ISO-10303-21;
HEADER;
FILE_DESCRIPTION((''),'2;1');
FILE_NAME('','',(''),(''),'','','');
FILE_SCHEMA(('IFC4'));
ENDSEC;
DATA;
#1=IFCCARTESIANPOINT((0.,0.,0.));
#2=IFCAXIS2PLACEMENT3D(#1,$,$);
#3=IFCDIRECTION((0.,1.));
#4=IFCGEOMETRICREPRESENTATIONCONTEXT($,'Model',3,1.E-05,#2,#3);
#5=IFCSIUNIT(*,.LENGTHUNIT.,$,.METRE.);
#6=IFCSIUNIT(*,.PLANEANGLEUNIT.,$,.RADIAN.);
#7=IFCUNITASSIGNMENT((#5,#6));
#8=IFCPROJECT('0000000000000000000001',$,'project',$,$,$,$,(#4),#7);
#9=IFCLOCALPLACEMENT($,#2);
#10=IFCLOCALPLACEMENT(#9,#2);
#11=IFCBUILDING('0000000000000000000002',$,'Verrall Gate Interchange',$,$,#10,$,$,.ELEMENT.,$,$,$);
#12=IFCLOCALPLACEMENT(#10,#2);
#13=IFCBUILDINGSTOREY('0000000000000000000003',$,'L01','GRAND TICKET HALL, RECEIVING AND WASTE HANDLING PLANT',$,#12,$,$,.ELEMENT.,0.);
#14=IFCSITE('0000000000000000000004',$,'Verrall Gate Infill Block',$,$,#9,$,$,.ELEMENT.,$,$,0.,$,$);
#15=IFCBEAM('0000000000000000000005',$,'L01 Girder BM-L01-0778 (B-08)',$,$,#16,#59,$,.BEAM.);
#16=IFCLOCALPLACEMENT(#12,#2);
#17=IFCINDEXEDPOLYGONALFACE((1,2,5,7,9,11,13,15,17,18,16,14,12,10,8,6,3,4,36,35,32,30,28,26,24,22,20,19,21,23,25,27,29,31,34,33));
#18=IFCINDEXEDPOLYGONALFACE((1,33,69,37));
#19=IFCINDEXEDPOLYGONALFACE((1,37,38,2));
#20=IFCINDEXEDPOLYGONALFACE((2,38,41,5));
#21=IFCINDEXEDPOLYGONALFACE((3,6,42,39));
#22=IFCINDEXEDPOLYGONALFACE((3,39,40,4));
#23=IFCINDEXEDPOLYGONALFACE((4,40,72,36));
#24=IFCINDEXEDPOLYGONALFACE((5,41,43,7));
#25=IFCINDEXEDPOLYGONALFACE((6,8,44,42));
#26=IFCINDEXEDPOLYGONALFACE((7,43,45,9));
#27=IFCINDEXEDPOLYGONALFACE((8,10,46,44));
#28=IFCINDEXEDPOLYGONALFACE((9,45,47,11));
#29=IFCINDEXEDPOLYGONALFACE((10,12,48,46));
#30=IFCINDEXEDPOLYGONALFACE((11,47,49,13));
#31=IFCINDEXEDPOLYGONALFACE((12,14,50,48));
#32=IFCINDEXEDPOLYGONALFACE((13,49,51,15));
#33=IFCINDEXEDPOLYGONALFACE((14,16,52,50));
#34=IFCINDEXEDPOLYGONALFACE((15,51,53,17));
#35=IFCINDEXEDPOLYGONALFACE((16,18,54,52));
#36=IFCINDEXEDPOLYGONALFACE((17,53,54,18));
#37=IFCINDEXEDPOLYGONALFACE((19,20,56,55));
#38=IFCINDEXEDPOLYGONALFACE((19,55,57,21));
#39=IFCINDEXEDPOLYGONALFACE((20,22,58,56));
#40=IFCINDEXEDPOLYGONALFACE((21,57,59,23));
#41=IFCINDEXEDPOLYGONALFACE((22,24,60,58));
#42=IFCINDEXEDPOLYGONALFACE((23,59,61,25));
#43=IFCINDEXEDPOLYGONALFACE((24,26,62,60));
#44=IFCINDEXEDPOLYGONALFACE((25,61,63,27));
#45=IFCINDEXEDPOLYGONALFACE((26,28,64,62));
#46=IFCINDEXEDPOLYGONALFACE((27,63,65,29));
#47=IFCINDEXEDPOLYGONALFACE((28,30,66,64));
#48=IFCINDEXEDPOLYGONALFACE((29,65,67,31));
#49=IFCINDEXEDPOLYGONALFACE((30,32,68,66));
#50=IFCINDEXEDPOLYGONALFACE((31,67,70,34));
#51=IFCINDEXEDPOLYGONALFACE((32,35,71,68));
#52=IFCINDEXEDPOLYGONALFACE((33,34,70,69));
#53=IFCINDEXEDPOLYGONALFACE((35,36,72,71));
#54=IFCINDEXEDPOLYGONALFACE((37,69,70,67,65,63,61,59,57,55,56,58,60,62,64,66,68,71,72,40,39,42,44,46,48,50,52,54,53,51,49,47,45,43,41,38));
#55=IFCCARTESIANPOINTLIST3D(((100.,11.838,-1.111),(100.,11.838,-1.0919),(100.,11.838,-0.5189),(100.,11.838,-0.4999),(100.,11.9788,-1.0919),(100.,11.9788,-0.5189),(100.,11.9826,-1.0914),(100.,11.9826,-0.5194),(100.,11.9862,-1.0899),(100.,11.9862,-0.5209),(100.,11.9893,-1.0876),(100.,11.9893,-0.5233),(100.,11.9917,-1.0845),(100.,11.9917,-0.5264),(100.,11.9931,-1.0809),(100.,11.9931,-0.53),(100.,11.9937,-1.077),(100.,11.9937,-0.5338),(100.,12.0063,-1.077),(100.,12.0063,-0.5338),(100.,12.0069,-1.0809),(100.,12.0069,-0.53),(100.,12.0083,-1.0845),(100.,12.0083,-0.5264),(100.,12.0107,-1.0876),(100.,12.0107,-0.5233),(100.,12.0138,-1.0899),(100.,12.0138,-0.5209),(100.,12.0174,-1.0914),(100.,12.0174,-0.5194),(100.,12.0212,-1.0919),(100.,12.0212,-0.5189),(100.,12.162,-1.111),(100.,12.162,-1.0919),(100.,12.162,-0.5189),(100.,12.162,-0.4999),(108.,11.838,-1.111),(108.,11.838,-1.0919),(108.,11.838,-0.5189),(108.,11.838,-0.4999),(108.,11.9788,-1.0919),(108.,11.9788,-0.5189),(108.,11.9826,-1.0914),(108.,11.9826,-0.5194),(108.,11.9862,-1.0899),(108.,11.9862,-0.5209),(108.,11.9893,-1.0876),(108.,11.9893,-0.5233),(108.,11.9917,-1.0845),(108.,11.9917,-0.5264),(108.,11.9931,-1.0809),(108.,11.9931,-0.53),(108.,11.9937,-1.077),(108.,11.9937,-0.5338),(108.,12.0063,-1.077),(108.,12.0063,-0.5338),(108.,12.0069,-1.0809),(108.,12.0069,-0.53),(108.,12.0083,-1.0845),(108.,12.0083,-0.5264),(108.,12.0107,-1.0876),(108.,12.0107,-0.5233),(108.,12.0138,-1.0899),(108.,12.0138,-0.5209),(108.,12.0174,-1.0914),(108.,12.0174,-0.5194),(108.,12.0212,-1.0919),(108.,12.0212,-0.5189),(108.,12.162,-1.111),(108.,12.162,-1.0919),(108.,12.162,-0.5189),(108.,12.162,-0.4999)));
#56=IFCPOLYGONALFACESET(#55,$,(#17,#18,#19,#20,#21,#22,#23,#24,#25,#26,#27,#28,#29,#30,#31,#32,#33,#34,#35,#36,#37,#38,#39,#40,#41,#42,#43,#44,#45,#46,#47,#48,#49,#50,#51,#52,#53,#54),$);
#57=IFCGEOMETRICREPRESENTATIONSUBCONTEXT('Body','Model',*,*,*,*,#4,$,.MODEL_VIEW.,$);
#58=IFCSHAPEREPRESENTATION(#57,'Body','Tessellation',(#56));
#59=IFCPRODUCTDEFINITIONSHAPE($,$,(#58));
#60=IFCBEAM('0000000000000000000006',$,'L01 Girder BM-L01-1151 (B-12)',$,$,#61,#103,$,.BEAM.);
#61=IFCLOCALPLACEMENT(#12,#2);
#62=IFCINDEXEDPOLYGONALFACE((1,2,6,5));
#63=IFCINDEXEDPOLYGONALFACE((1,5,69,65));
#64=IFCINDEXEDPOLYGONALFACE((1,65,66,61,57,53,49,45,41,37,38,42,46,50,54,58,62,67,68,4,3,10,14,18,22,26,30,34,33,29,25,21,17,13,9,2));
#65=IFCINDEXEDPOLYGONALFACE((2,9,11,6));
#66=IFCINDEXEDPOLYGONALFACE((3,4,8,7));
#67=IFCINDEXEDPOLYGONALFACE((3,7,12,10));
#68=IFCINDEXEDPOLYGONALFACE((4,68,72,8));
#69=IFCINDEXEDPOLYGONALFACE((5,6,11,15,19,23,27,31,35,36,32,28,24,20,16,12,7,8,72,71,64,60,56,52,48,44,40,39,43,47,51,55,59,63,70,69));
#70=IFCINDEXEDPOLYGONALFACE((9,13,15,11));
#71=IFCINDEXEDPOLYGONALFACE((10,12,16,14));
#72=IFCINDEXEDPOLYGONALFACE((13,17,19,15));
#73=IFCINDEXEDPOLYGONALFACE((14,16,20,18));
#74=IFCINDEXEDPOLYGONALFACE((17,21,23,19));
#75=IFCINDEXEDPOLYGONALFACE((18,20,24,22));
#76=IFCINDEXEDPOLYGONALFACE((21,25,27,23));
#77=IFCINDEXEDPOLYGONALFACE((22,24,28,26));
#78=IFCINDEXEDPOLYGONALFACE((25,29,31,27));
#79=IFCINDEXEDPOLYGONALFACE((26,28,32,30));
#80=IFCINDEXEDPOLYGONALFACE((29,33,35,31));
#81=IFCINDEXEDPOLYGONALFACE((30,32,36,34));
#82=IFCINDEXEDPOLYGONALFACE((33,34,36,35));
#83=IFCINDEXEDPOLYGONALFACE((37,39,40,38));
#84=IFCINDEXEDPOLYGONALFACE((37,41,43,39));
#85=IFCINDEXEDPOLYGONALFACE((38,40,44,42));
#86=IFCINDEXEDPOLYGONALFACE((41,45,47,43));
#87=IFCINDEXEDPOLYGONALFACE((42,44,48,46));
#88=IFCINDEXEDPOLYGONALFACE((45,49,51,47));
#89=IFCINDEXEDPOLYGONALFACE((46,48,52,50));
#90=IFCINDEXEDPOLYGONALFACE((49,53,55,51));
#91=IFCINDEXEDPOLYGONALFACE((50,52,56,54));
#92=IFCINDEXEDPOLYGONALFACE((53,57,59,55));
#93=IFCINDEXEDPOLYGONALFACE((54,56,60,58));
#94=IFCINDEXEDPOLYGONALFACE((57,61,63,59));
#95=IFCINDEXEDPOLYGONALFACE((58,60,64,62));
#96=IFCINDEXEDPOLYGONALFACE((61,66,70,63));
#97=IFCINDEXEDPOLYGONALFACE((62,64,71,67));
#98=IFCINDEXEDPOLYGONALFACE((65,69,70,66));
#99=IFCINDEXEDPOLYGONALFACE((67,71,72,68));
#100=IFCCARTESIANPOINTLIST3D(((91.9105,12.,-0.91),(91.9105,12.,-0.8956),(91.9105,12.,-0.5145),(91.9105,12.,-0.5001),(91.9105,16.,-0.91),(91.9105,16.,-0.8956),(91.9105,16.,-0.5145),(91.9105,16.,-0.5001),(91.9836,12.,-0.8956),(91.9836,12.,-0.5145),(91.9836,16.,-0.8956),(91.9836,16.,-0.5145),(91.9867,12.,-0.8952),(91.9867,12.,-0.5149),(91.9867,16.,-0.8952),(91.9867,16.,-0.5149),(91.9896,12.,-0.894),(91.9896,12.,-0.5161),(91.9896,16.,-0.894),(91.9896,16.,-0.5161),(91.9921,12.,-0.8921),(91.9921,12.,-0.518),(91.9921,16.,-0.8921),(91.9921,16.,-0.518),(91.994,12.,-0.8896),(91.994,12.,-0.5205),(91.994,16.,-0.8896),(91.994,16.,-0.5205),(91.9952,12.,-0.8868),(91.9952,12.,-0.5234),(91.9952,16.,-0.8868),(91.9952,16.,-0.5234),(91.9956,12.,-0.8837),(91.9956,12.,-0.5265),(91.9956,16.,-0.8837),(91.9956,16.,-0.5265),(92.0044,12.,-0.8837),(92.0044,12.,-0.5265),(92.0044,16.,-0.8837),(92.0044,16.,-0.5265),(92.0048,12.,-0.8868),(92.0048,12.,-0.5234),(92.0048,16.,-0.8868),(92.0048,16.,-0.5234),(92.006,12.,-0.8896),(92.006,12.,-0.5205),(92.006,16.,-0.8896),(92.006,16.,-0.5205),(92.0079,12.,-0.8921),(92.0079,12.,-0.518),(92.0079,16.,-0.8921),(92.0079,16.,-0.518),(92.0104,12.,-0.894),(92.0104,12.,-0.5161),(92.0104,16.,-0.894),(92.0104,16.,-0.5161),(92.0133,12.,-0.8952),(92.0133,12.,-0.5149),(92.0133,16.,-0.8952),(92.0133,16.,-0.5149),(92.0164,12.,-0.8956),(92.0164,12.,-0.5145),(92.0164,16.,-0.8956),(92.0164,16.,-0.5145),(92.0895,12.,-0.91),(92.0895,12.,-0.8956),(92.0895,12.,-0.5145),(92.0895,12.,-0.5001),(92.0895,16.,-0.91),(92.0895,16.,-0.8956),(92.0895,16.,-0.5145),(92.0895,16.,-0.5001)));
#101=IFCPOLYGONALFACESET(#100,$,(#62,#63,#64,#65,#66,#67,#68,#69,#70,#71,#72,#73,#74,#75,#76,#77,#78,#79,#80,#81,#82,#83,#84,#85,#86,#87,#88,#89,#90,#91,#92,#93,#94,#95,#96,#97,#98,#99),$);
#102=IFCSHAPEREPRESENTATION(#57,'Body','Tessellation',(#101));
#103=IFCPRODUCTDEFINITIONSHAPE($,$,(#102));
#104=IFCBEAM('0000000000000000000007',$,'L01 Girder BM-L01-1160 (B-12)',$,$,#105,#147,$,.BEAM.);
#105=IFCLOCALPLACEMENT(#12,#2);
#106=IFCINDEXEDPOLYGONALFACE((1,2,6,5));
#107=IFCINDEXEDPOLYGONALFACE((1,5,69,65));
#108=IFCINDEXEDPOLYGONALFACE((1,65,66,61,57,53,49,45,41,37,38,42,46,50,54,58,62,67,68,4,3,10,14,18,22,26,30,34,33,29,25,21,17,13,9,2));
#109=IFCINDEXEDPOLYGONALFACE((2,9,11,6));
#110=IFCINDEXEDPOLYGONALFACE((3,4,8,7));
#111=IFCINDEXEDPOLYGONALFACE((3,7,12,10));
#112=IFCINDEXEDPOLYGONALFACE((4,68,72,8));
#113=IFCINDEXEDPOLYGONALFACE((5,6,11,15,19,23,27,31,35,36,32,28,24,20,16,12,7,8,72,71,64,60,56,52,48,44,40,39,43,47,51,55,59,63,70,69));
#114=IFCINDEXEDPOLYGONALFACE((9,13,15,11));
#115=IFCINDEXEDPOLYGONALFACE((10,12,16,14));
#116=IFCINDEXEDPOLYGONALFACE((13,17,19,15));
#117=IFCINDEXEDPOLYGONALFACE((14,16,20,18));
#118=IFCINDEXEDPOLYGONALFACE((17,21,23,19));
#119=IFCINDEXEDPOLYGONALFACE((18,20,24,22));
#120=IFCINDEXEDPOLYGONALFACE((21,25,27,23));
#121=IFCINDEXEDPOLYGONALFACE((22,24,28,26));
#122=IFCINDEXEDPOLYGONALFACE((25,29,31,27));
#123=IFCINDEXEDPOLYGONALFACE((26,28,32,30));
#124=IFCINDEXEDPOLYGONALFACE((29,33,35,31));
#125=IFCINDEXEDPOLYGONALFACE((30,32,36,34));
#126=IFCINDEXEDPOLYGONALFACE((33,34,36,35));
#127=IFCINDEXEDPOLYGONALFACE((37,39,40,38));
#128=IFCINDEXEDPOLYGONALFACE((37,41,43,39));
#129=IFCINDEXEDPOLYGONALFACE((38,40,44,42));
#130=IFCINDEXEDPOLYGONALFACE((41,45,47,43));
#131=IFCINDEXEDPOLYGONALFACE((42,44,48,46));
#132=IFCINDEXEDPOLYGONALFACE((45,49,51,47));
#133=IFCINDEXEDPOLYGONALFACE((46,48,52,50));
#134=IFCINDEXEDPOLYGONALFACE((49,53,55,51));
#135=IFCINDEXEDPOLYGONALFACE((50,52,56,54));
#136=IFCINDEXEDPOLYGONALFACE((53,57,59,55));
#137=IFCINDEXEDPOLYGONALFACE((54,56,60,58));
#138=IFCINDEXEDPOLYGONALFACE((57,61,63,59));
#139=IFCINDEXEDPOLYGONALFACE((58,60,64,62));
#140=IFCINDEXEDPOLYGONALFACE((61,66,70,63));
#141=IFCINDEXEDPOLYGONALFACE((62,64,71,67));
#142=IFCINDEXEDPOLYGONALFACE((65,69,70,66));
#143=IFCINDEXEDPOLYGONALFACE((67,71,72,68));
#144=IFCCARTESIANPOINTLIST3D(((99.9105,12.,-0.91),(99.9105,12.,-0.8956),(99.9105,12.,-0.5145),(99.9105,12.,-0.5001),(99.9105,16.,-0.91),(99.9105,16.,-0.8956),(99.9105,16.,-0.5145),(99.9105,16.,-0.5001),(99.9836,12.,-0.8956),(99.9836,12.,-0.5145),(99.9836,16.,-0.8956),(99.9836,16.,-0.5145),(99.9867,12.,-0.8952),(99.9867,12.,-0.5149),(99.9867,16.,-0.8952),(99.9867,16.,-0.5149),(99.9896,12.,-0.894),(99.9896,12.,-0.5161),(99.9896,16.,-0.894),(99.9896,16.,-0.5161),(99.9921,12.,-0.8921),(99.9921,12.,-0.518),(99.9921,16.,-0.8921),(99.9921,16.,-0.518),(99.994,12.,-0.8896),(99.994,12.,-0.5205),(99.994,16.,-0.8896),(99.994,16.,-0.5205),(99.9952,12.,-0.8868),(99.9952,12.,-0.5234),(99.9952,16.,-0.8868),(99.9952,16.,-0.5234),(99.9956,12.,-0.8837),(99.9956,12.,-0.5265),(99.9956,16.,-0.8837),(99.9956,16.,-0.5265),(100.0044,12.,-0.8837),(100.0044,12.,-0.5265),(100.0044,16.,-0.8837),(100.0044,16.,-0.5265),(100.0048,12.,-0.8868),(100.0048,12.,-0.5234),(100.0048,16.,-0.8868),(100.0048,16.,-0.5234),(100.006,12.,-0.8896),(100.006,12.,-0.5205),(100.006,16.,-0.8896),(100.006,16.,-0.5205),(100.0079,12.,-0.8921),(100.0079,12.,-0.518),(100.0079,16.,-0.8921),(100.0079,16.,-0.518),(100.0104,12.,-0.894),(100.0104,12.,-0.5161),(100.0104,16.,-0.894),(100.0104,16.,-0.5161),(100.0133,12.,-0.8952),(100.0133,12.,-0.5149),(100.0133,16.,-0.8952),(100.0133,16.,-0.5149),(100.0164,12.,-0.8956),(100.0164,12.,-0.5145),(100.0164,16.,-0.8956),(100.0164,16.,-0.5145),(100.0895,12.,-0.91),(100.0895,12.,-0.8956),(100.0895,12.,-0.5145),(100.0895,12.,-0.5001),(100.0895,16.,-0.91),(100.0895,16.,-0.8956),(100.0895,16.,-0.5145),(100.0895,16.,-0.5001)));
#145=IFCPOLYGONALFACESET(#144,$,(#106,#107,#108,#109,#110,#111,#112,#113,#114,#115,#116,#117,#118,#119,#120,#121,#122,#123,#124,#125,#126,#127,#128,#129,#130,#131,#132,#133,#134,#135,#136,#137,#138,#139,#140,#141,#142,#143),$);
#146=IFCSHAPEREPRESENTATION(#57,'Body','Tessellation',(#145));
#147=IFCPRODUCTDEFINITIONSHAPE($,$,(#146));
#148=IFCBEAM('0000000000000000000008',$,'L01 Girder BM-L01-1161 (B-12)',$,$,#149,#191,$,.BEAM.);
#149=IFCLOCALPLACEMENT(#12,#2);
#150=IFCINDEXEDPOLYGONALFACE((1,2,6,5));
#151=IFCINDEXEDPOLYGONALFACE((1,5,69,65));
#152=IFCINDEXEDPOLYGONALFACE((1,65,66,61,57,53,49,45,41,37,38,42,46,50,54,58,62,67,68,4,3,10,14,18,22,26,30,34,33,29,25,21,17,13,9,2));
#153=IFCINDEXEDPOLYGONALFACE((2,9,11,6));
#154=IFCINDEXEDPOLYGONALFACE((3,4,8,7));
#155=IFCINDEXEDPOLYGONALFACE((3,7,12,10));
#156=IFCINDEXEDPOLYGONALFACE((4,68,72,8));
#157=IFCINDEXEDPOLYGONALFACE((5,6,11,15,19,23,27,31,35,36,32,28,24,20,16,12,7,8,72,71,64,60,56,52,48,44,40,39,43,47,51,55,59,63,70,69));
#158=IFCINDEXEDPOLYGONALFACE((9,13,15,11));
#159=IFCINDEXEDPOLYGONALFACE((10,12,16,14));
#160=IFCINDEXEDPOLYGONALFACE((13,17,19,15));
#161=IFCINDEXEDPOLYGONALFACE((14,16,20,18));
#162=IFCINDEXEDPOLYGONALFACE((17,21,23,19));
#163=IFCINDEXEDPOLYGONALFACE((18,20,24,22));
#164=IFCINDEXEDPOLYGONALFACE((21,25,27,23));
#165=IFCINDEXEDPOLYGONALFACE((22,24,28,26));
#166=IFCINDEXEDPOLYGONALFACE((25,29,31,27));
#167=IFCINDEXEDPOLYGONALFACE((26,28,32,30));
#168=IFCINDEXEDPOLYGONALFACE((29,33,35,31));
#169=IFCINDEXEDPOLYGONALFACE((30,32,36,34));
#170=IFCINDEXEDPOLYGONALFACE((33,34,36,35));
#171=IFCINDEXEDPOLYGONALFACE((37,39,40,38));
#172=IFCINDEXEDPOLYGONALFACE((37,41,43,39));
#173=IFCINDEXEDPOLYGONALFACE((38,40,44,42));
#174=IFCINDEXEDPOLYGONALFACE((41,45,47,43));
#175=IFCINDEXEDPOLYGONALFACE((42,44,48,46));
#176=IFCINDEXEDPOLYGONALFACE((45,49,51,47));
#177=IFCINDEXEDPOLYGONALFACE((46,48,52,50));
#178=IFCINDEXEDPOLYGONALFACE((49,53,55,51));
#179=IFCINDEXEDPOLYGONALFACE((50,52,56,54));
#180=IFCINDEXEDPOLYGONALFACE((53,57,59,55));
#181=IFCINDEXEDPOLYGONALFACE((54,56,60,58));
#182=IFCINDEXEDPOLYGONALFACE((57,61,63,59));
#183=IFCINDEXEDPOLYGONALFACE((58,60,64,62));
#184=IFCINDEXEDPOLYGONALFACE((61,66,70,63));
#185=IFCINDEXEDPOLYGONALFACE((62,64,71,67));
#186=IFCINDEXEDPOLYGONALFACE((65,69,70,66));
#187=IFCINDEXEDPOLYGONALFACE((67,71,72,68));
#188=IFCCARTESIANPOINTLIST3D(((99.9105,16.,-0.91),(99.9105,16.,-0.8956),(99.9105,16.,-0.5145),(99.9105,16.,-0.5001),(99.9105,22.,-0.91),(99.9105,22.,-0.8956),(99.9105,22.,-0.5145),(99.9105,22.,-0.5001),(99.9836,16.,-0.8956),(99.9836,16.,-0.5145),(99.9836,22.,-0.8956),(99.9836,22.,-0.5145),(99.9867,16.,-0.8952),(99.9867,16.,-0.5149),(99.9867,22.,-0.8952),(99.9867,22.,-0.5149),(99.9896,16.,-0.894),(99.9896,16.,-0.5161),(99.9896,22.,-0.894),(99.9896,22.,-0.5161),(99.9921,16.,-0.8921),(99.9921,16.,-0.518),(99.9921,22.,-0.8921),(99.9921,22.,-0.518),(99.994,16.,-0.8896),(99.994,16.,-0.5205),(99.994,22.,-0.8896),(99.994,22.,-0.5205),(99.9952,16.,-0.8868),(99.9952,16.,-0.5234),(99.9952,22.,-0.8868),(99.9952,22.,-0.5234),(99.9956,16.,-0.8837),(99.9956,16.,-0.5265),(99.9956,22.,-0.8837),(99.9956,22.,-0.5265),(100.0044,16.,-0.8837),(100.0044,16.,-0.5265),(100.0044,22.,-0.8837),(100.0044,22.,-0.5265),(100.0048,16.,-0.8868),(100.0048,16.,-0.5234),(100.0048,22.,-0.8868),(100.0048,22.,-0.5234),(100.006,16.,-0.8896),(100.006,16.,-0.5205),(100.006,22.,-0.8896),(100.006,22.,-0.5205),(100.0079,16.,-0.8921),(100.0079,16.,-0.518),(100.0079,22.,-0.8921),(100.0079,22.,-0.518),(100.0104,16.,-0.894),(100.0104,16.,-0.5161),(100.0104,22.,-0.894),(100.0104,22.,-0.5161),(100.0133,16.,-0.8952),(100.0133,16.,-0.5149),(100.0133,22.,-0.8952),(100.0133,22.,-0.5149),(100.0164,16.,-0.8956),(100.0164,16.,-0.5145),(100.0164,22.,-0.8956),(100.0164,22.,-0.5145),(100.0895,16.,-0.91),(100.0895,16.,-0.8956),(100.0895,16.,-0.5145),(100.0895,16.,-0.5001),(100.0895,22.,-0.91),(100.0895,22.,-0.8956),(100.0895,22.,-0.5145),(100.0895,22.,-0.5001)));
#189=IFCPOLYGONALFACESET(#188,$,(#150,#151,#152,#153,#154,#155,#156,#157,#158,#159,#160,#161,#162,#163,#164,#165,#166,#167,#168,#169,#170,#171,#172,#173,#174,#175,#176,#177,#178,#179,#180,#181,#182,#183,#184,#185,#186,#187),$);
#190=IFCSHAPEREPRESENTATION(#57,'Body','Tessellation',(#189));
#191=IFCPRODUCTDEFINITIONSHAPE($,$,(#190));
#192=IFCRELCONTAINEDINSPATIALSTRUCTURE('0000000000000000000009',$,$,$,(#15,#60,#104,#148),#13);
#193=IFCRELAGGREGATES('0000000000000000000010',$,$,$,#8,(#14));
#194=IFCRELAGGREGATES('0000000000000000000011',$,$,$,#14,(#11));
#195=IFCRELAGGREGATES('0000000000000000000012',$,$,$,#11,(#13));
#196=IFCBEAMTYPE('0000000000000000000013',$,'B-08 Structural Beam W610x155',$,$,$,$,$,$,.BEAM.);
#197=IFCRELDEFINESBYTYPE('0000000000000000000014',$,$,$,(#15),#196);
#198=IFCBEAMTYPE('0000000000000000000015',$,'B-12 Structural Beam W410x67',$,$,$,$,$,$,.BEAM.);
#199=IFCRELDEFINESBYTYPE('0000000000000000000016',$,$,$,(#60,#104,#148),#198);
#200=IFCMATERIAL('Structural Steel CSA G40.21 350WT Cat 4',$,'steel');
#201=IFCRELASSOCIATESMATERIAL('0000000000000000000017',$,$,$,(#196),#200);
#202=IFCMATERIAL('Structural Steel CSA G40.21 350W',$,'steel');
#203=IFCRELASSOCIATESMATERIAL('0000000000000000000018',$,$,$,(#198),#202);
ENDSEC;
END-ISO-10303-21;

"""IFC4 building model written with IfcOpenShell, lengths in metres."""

from ifc_helpers import new_model, si_unit, direction, frame, origin, origin_2d, place, context, subcontext, project, spatial, i_section, extrude, material, material_profile, profile_set, type_object, element, save


model = new_model("IFC4")

# Units and contexts
model_context = context("Model", 3, precision=1e-05, world=origin(), true_north=direction((0.0, 1.0)))
body_context = subcontext(model_context, "Body", "Model", "MODEL_VIEW")
ifc_project = project(units=[si_unit("LENGTHUNIT", "METRE"), si_unit("PLANEANGLEUNIT", "RADIAN")], contexts=[model_context])

# Site, building, storey
site_placement = place(None, origin())
site = spatial("IfcSite", under=ifc_project, at=site_placement, Name="Verrall Gate Infill Block", CompositionType="ELEMENT", RefElevation=0.0)
building_placement = place(site_placement, origin())
building = spatial("IfcBuilding", under=site, at=building_placement, Name="Verrall Gate Interchange", CompositionType="ELEMENT")
storey_placement = place(building_placement, origin())
storey = spatial("IfcBuildingStorey", under=building, at=storey_placement, Name="L01", Description="GRAND TICKET HALL, RECEIVING AND WASTE HANDLING PLANT", CompositionType="ELEMENT", Elevation=0.0)

# Beams
ifc_material_1 = material(Name="Structural Steel CSA G40.21 350WT Cat 4", Category="steel")
ifc_material_profile_1 = material_profile(ifc_material_1, i_section(OverallWidth=0.324, OverallDepth=0.6111, WebThickness=0.0127, FlangeThickness=0.019, FilletRadius=0.0149, at=origin_2d()), Name="W610x155")
ifc_profile_set_1 = profile_set([ifc_material_profile_1], Name="Structural Steel CSA G40.21 350WT Cat 4")
beam_type_1 = type_object("IfcBeamType", Name="B-08 Structural Beam W610x155", PredefinedType="BEAM", material=ifc_profile_set_1)
for number, where, z_axis, x_axis, name in (
    (1, (100.0, 12.0, -0.8054), (1.0, 0.0, 0.0), (0.0, 1.0, 0.0), "L01 Girder BM-L01-0778 (B-08)"),
):
    element("IfcBeam", number, at=place(storey_placement, frame(where, z_axis=z_axis, x_axis=x_axis)), inside=storey, type_object=beam_type_1, Name=name, PredefinedType="BEAM", context=body_context, shape_type="SweptSolid", body=[
        extrude(i_section(OverallWidth=0.324, OverallDepth=0.6111, WebThickness=0.0127, FlangeThickness=0.019, FilletRadius=0.0149, at=origin_2d()), origin(), (0.0, 0.0, 1.0), 8.0),
    ])
ifc_material_2 = material(Name="Structural Steel CSA G40.21 350W", Category="steel")
ifc_material_profile_2 = material_profile(ifc_material_2, i_section(OverallWidth=0.179, OverallDepth=0.4099, WebThickness=0.0088, FlangeThickness=0.0144, FilletRadius=0.012, at=origin_2d()), Name="W410x67")
ifc_profile_set_2 = profile_set([ifc_material_profile_2], Name="Structural Steel CSA G40.21 350W")
beam_type_2 = type_object("IfcBeamType", Name="B-12 Structural Beam W410x67", PredefinedType="BEAM", material=ifc_profile_set_2)
for number, where, z_axis, x_axis, name in (
    (2, (92.0, 12.0, -0.7051), (0.0, 1.0, 0.0), (-1.0, 0.0, 0.0), "L01 Girder BM-L01-1151 (B-12)"),
    (3, (100.0, 12.0, -0.7051), (0.0, 1.0, 0.0), (-1.0, 0.0, 0.0), "L01 Girder BM-L01-1160 (B-12)"),
):
    element("IfcBeam", number, at=place(storey_placement, frame(where, z_axis=z_axis, x_axis=x_axis)), inside=storey, type_object=beam_type_2, Name=name, PredefinedType="BEAM", context=body_context, shape_type="SweptSolid", body=[
        extrude(i_section(OverallWidth=0.179, OverallDepth=0.4099, WebThickness=0.0088, FlangeThickness=0.0144, FilletRadius=0.012, at=origin_2d()), origin(), (0.0, 0.0, 1.0), 4.0),
    ])
beam_1_placement = place(storey_placement, frame((100.0, 16.0, -0.7051), z_axis=(0.0, 1.0, 0.0), x_axis=(-1.0, 0.0, 0.0)))
element("IfcBeam", 4, at=beam_1_placement, inside=storey, type_object=beam_type_2, Name="L01 Girder BM-L01-1161 (B-12)", PredefinedType="BEAM", context=body_context, shape_type="SweptSolid", body=[
    extrude(i_section(OverallWidth=0.179, OverallDepth=0.4099, WebThickness=0.0088, FlangeThickness=0.0144, FilletRadius=0.012, at=origin_2d()), origin(), (0.0, 0.0, 1.0), 6.0),
])

save(model, "model.ifc")
